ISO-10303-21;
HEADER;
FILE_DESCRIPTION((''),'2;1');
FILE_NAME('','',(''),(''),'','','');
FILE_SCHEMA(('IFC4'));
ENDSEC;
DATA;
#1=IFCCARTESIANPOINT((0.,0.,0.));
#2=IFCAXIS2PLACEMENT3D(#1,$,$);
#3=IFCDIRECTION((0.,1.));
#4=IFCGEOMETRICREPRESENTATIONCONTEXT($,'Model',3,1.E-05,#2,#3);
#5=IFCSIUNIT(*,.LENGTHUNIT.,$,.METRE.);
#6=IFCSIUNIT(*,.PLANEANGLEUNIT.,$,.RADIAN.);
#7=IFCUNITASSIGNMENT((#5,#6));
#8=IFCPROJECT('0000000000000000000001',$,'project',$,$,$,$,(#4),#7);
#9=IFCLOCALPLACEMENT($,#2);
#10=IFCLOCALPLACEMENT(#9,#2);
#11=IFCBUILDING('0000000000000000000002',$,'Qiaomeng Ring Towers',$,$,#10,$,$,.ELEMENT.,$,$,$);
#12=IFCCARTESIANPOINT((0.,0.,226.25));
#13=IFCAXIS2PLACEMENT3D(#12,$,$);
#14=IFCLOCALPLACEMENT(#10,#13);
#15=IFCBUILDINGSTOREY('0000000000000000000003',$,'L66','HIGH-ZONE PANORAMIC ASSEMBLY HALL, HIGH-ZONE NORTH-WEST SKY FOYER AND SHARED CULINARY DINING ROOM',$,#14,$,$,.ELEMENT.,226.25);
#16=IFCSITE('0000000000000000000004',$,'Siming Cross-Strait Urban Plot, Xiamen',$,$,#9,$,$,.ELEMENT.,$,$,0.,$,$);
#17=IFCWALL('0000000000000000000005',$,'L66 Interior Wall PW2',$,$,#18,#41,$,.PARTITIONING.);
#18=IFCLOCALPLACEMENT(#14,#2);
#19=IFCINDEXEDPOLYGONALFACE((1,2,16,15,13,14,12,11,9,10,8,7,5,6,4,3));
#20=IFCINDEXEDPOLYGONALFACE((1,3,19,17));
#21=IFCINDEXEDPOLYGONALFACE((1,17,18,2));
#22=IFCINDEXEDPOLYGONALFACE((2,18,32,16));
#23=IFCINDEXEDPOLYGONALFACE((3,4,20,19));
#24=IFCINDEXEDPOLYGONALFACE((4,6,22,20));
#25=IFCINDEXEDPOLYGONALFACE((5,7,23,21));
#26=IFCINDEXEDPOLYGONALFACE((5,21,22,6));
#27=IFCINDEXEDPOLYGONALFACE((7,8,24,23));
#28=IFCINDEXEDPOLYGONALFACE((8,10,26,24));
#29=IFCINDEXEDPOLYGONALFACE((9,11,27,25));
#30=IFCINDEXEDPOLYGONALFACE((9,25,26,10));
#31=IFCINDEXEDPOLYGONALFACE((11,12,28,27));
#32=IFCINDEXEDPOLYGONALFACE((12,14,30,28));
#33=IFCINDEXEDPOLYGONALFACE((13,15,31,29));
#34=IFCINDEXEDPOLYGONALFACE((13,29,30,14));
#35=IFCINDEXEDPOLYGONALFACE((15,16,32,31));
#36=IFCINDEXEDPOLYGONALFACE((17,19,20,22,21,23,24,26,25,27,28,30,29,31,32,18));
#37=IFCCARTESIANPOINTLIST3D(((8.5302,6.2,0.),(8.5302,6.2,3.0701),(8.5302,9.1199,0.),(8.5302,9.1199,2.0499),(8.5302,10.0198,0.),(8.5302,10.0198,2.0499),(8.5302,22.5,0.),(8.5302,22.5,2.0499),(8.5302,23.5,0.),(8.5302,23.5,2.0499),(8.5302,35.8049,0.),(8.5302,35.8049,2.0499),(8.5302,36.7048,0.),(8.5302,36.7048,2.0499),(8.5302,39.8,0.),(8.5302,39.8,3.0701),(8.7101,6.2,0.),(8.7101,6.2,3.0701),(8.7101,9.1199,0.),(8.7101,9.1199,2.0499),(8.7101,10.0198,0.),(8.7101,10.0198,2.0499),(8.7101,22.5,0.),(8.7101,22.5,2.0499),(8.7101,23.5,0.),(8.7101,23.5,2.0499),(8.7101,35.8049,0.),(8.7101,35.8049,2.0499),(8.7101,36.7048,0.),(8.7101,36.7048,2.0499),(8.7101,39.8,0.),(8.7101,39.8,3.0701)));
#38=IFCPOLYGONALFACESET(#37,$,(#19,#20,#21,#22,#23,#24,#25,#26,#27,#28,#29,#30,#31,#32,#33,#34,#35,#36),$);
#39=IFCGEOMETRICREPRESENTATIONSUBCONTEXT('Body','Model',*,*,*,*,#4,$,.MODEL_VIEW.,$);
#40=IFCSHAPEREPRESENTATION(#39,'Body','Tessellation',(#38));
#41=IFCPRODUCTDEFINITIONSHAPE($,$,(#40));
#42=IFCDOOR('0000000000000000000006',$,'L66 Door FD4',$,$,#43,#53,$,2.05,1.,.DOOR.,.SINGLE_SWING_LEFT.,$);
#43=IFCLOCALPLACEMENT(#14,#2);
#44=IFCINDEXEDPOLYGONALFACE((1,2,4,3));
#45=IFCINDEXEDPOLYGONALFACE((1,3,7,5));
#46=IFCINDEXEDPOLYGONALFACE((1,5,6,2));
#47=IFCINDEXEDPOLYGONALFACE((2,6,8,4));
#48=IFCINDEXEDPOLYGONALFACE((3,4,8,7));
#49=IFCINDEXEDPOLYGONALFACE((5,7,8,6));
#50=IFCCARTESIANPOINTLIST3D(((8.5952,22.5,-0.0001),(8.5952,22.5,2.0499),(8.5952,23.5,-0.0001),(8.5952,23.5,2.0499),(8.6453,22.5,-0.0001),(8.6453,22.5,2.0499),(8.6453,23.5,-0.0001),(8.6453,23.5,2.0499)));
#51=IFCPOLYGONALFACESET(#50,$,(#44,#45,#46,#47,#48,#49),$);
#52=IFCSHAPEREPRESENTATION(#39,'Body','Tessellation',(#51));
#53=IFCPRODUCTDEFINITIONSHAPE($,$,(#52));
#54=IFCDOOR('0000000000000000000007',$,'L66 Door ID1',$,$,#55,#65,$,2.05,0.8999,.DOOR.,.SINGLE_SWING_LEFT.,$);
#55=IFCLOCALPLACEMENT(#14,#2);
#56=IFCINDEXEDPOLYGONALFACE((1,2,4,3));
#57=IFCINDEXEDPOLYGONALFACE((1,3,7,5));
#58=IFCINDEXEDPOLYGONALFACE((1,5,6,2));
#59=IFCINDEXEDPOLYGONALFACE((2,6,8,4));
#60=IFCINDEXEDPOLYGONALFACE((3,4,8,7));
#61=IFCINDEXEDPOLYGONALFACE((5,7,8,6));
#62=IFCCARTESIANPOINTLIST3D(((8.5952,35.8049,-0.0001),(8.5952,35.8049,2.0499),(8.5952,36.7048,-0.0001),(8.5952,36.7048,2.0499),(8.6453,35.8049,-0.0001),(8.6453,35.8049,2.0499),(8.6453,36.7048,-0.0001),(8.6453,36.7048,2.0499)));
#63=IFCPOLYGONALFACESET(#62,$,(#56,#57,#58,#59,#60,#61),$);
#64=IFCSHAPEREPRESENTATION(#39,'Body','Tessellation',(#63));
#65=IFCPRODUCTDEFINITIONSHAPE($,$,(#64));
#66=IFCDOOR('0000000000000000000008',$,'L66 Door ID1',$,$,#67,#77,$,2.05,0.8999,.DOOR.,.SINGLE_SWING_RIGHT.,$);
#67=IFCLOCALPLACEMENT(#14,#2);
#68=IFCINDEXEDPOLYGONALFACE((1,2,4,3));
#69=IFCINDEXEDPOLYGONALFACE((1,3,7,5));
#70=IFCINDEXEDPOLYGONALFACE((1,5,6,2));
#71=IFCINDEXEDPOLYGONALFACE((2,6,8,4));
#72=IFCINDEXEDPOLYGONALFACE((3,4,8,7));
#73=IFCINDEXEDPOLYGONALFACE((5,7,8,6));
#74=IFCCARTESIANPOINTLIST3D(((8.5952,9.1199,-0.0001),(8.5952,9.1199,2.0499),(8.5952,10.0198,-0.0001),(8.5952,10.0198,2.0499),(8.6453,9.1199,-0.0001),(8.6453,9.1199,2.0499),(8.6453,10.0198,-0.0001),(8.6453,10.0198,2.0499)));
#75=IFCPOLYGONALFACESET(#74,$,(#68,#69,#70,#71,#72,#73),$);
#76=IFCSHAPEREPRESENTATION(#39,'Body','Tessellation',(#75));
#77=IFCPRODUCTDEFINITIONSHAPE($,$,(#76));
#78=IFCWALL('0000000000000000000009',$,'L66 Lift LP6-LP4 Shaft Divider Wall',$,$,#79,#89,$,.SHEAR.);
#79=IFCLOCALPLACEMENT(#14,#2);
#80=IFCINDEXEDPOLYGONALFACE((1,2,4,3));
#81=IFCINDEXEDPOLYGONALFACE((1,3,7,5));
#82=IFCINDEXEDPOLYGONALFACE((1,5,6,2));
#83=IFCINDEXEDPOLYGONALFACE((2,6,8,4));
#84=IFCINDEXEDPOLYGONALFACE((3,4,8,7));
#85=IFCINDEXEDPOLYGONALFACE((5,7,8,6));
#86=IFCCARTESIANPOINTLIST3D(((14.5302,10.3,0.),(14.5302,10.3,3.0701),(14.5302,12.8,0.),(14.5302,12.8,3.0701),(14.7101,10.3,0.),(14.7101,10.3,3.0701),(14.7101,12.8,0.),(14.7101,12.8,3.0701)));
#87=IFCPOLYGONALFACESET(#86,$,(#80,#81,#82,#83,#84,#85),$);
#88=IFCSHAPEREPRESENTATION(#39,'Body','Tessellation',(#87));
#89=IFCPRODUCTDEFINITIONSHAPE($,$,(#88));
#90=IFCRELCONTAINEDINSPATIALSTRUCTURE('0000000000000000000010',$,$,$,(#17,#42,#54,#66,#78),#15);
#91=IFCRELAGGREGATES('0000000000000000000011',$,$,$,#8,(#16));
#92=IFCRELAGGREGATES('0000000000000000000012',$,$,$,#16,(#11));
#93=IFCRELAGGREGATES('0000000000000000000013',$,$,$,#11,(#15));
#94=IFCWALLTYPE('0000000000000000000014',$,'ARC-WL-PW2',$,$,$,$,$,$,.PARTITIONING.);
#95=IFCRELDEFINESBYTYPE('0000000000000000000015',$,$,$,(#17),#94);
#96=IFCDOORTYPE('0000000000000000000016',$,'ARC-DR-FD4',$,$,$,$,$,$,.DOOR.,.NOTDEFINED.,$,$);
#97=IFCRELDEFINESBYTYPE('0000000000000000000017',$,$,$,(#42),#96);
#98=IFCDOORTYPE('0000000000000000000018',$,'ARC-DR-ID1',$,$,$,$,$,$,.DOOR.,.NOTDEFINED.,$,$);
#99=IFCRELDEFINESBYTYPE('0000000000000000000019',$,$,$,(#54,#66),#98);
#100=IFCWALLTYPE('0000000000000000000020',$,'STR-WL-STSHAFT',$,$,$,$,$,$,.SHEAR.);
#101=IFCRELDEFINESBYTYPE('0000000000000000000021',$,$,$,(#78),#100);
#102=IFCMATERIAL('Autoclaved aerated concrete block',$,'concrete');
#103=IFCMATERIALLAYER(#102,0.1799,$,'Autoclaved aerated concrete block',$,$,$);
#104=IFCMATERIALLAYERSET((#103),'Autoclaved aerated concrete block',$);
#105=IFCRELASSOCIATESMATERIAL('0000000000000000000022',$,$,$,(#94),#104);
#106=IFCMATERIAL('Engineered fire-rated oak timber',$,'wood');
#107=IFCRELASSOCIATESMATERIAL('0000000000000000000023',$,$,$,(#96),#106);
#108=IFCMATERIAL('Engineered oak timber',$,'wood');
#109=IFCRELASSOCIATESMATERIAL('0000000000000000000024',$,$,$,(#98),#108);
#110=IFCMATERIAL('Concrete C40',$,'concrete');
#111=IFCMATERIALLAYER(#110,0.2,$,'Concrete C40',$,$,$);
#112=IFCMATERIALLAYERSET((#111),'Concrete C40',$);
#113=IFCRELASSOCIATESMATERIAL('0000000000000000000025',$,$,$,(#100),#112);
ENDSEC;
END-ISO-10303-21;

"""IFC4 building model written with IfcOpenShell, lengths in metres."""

from ifc_helpers import new_model, si_unit, direction, frame, frame_2d, origin, place, context, subcontext, project, spatial, rectangle, extrude, source, transform, mapped, material, layer, layer_set, type_object, element, fill, save


model = new_model("IFC4")

# Units and contexts
model_context = context("Model", 3, precision=1e-05, world=origin(), true_north=direction((0.0, 1.0)))
body_context = subcontext(model_context, "Body", "Model", "MODEL_VIEW")
ifc_project = project(units=[si_unit("LENGTHUNIT", "METRE"), si_unit("PLANEANGLEUNIT", "RADIAN")], contexts=[model_context])

# Site, building, storey
site_placement = place(None, origin())
site = spatial("IfcSite", under=ifc_project, at=site_placement, Name="Siming Cross-Strait Urban Plot, Xiamen", CompositionType="ELEMENT", RefElevation=0.0)
building_placement = place(site_placement, origin())
building = spatial("IfcBuilding", under=site, at=building_placement, Name="Qiaomeng Ring Towers", CompositionType="ELEMENT")
storey_placement = place(building_placement, frame((0.0, 0.0, 226.25)))
storey = spatial("IfcBuildingStorey", under=building, at=storey_placement, Name="L66", Description="HIGH-ZONE PANORAMIC ASSEMBLY HALL, HIGH-ZONE NORTH-WEST SKY FOYER AND SHARED CULINARY DINING ROOM", CompositionType="ELEMENT", Elevation=226.25)

# Shared definitions
ifc_material_1 = material(Name="Autoclaved aerated concrete block", Category="concrete")

# Wall, openings, doors
ifc_layer_1 = layer(ifc_material_1, 0.1799, Name="Autoclaved aerated concrete block")
ifc_layer_set_1 = layer_set([ifc_layer_1], Name="Autoclaved aerated concrete block")
wall_type_1 = type_object("IfcWallType", Name="ARC-WL-PW2", PredefinedType="PARTITIONING", material=ifc_layer_set_1)
wall_1_placement = place(storey_placement, frame((8.6201, 6.2, 0.0), z_axis=(0.0, 0.0, 1.0), x_axis=(0.0, 1.0, 0.0)))
wall_1 = element("IfcWall", 1, at=wall_1_placement, inside=storey, type_object=wall_type_1, Name="L66 Interior Wall PW2", PredefinedType="PARTITIONING", context=body_context, shape_type="SweptSolid", body=[
    extrude(rectangle(XDim=33.6001, YDim=0.1799, at=frame_2d((16.8, 0.0))), origin(), (0.0, 0.0, 1.0), 3.0701),
])
opening_1_placement = place(wall_1_placement, frame((29.605, 0.0, 0.0)))
opening_1 = element("IfcOpeningElement", 2, at=opening_1_placement, cuts=wall_1, PredefinedType="OPENING", context=body_context, shape_type="SweptSolid", body=[
    extrude(rectangle(XDim=0.8999, YDim=2.05, at=frame_2d((0.45, 1.0249))), frame((0.0, 0.0999, 0.0), z_axis=(0.0, -1.0, 0.0), x_axis=(1.0, 0.0, 0.0)), (0.0, 0.0, 1.0), 0.2),
])
opening_2_placement = place(wall_1_placement, frame((2.9199, 0.0, 0.0)))
opening_2 = element("IfcOpeningElement", 3, at=opening_2_placement, cuts=wall_1, PredefinedType="OPENING", context=body_context, shape_type="SweptSolid", body=[
    extrude(rectangle(XDim=0.8999, YDim=2.05, at=frame_2d((0.45, 1.0249))), frame((0.0, 0.0999, 0.0), z_axis=(0.0, -1.0, 0.0), x_axis=(1.0, 0.0, 0.0)), (0.0, 0.0, 1.0), 0.2),
])
opening_3_placement = place(wall_1_placement, frame((16.3, 0.0, 0.0)))
opening_3 = element("IfcOpeningElement", 4, at=opening_3_placement, cuts=wall_1, PredefinedType="OPENING", context=body_context, shape_type="SweptSolid", body=[
    extrude(rectangle(XDim=1.0, YDim=2.05, at=frame_2d((0.5, 1.0249))), frame((0.0, 0.0999, 0.0), z_axis=(0.0, -1.0, 0.0), x_axis=(1.0, 0.0, 0.0)), (0.0, 0.0, 1.0), 0.2),
])
ifc_material_2 = material(Name="Engineered fire-rated oak timber", Category="wood")
door_type_1 = type_object("IfcDoorType", Name="ARC-DR-FD4", OperationType="NOTDEFINED", PredefinedType="DOOR", material=ifc_material_2)
shared_shape_1 = source(origin(), body_context, "Body", "SweptSolid", [
    extrude(rectangle(XDim=1.0, YDim=2.05, at=frame_2d((0.5, 1.0249))), frame((0.0, 0.0249, 0.0), z_axis=(0.0, -1.0, 0.0), x_axis=(1.0, 0.0, 0.0)), (0.0, 0.0, 1.0), 0.05),
])
door_1_placement = place(opening_3_placement, origin())
door_1 = element("IfcDoor", 5, at=door_1_placement, inside=storey, type_object=door_type_1, Name="L66 Door FD4", OperationType="SINGLE_SWING_LEFT", OverallHeight=2.05, OverallWidth=1.0, PredefinedType="DOOR", context=body_context, shape_type="MappedRepresentation", body=[
    mapped(shared_shape_1, transform((0.0, 0.0, 0.0), x_axis=(1.0, 0.0, 0.0), y_axis=(0.0, 1.0, 0.0), z_axis=(0.0, 0.0, 1.0), scale=1.0)),
])
fill(opening_3, door_1)
ifc_material_3 = material(Name="Engineered oak timber", Category="wood")
door_type_2 = type_object("IfcDoorType", Name="ARC-DR-ID1", OperationType="NOTDEFINED", PredefinedType="DOOR", material=ifc_material_3)
shared_shape_2 = source(origin(), body_context, "Body", "SweptSolid", [
    extrude(rectangle(XDim=0.8999, YDim=2.05, at=frame_2d((0.45, 1.0249))), frame((0.0, 0.0249, 0.0), z_axis=(0.0, -1.0, 0.0), x_axis=(1.0, 0.0, 0.0)), (0.0, 0.0, 1.0), 0.05),
])
door_2_placement = place(opening_1_placement, origin())
door_2 = element("IfcDoor", 6, at=door_2_placement, inside=storey, type_object=door_type_2, Name="L66 Door ID1", OperationType="SINGLE_SWING_LEFT", OverallHeight=2.05, OverallWidth=0.8999, PredefinedType="DOOR", context=body_context, shape_type="MappedRepresentation", body=[
    mapped(shared_shape_2, transform((0.0, 0.0, 0.0), x_axis=(1.0, 0.0, 0.0), y_axis=(0.0, 1.0, 0.0), z_axis=(0.0, 0.0, 1.0), scale=1.0)),
])
fill(opening_1, door_2)
door_3_placement = place(opening_2_placement, origin())
door_3 = element("IfcDoor", 7, at=door_3_placement, inside=storey, type_object=door_type_2, Name="L66 Door ID1", OperationType="SINGLE_SWING_RIGHT", OverallHeight=2.05, OverallWidth=0.8999, PredefinedType="DOOR", context=body_context, shape_type="MappedRepresentation", body=[
    mapped(shared_shape_2, transform((0.0, 0.0, 0.0), x_axis=(1.0, 0.0, 0.0), y_axis=(0.0, 1.0, 0.0), z_axis=(0.0, 0.0, 1.0), scale=1.0)),
])
fill(opening_2, door_3)

# Wall
ifc_material_4 = material(Name="Concrete C40", Category="concrete")
ifc_layer_2 = layer(ifc_material_4, 0.2, Name="Concrete C40")
ifc_layer_set_2 = layer_set([ifc_layer_2], Name="Concrete C40")
wall_type_2 = type_object("IfcWallType", Name="STR-WL-STSHAFT", PredefinedType="SHEAR", material=ifc_layer_set_2)
wall_2_placement = place(storey_placement, frame((14.6201, 10.3, 0.0), z_axis=(0.0, 0.0, 1.0), x_axis=(0.0, 1.0, 0.0)))
element("IfcWall", 8, at=wall_2_placement, inside=storey, type_object=wall_type_2, Name="L66 Lift LP6-LP4 Shaft Divider Wall", PredefinedType="SHEAR", context=body_context, shape_type="SweptSolid", body=[
    extrude(rectangle(XDim=2.5, YDim=0.1799, at=frame_2d((1.25, 0.0))), origin(), (0.0, 0.0, 1.0), 3.0701),
])

save(model, "model.ifc")
